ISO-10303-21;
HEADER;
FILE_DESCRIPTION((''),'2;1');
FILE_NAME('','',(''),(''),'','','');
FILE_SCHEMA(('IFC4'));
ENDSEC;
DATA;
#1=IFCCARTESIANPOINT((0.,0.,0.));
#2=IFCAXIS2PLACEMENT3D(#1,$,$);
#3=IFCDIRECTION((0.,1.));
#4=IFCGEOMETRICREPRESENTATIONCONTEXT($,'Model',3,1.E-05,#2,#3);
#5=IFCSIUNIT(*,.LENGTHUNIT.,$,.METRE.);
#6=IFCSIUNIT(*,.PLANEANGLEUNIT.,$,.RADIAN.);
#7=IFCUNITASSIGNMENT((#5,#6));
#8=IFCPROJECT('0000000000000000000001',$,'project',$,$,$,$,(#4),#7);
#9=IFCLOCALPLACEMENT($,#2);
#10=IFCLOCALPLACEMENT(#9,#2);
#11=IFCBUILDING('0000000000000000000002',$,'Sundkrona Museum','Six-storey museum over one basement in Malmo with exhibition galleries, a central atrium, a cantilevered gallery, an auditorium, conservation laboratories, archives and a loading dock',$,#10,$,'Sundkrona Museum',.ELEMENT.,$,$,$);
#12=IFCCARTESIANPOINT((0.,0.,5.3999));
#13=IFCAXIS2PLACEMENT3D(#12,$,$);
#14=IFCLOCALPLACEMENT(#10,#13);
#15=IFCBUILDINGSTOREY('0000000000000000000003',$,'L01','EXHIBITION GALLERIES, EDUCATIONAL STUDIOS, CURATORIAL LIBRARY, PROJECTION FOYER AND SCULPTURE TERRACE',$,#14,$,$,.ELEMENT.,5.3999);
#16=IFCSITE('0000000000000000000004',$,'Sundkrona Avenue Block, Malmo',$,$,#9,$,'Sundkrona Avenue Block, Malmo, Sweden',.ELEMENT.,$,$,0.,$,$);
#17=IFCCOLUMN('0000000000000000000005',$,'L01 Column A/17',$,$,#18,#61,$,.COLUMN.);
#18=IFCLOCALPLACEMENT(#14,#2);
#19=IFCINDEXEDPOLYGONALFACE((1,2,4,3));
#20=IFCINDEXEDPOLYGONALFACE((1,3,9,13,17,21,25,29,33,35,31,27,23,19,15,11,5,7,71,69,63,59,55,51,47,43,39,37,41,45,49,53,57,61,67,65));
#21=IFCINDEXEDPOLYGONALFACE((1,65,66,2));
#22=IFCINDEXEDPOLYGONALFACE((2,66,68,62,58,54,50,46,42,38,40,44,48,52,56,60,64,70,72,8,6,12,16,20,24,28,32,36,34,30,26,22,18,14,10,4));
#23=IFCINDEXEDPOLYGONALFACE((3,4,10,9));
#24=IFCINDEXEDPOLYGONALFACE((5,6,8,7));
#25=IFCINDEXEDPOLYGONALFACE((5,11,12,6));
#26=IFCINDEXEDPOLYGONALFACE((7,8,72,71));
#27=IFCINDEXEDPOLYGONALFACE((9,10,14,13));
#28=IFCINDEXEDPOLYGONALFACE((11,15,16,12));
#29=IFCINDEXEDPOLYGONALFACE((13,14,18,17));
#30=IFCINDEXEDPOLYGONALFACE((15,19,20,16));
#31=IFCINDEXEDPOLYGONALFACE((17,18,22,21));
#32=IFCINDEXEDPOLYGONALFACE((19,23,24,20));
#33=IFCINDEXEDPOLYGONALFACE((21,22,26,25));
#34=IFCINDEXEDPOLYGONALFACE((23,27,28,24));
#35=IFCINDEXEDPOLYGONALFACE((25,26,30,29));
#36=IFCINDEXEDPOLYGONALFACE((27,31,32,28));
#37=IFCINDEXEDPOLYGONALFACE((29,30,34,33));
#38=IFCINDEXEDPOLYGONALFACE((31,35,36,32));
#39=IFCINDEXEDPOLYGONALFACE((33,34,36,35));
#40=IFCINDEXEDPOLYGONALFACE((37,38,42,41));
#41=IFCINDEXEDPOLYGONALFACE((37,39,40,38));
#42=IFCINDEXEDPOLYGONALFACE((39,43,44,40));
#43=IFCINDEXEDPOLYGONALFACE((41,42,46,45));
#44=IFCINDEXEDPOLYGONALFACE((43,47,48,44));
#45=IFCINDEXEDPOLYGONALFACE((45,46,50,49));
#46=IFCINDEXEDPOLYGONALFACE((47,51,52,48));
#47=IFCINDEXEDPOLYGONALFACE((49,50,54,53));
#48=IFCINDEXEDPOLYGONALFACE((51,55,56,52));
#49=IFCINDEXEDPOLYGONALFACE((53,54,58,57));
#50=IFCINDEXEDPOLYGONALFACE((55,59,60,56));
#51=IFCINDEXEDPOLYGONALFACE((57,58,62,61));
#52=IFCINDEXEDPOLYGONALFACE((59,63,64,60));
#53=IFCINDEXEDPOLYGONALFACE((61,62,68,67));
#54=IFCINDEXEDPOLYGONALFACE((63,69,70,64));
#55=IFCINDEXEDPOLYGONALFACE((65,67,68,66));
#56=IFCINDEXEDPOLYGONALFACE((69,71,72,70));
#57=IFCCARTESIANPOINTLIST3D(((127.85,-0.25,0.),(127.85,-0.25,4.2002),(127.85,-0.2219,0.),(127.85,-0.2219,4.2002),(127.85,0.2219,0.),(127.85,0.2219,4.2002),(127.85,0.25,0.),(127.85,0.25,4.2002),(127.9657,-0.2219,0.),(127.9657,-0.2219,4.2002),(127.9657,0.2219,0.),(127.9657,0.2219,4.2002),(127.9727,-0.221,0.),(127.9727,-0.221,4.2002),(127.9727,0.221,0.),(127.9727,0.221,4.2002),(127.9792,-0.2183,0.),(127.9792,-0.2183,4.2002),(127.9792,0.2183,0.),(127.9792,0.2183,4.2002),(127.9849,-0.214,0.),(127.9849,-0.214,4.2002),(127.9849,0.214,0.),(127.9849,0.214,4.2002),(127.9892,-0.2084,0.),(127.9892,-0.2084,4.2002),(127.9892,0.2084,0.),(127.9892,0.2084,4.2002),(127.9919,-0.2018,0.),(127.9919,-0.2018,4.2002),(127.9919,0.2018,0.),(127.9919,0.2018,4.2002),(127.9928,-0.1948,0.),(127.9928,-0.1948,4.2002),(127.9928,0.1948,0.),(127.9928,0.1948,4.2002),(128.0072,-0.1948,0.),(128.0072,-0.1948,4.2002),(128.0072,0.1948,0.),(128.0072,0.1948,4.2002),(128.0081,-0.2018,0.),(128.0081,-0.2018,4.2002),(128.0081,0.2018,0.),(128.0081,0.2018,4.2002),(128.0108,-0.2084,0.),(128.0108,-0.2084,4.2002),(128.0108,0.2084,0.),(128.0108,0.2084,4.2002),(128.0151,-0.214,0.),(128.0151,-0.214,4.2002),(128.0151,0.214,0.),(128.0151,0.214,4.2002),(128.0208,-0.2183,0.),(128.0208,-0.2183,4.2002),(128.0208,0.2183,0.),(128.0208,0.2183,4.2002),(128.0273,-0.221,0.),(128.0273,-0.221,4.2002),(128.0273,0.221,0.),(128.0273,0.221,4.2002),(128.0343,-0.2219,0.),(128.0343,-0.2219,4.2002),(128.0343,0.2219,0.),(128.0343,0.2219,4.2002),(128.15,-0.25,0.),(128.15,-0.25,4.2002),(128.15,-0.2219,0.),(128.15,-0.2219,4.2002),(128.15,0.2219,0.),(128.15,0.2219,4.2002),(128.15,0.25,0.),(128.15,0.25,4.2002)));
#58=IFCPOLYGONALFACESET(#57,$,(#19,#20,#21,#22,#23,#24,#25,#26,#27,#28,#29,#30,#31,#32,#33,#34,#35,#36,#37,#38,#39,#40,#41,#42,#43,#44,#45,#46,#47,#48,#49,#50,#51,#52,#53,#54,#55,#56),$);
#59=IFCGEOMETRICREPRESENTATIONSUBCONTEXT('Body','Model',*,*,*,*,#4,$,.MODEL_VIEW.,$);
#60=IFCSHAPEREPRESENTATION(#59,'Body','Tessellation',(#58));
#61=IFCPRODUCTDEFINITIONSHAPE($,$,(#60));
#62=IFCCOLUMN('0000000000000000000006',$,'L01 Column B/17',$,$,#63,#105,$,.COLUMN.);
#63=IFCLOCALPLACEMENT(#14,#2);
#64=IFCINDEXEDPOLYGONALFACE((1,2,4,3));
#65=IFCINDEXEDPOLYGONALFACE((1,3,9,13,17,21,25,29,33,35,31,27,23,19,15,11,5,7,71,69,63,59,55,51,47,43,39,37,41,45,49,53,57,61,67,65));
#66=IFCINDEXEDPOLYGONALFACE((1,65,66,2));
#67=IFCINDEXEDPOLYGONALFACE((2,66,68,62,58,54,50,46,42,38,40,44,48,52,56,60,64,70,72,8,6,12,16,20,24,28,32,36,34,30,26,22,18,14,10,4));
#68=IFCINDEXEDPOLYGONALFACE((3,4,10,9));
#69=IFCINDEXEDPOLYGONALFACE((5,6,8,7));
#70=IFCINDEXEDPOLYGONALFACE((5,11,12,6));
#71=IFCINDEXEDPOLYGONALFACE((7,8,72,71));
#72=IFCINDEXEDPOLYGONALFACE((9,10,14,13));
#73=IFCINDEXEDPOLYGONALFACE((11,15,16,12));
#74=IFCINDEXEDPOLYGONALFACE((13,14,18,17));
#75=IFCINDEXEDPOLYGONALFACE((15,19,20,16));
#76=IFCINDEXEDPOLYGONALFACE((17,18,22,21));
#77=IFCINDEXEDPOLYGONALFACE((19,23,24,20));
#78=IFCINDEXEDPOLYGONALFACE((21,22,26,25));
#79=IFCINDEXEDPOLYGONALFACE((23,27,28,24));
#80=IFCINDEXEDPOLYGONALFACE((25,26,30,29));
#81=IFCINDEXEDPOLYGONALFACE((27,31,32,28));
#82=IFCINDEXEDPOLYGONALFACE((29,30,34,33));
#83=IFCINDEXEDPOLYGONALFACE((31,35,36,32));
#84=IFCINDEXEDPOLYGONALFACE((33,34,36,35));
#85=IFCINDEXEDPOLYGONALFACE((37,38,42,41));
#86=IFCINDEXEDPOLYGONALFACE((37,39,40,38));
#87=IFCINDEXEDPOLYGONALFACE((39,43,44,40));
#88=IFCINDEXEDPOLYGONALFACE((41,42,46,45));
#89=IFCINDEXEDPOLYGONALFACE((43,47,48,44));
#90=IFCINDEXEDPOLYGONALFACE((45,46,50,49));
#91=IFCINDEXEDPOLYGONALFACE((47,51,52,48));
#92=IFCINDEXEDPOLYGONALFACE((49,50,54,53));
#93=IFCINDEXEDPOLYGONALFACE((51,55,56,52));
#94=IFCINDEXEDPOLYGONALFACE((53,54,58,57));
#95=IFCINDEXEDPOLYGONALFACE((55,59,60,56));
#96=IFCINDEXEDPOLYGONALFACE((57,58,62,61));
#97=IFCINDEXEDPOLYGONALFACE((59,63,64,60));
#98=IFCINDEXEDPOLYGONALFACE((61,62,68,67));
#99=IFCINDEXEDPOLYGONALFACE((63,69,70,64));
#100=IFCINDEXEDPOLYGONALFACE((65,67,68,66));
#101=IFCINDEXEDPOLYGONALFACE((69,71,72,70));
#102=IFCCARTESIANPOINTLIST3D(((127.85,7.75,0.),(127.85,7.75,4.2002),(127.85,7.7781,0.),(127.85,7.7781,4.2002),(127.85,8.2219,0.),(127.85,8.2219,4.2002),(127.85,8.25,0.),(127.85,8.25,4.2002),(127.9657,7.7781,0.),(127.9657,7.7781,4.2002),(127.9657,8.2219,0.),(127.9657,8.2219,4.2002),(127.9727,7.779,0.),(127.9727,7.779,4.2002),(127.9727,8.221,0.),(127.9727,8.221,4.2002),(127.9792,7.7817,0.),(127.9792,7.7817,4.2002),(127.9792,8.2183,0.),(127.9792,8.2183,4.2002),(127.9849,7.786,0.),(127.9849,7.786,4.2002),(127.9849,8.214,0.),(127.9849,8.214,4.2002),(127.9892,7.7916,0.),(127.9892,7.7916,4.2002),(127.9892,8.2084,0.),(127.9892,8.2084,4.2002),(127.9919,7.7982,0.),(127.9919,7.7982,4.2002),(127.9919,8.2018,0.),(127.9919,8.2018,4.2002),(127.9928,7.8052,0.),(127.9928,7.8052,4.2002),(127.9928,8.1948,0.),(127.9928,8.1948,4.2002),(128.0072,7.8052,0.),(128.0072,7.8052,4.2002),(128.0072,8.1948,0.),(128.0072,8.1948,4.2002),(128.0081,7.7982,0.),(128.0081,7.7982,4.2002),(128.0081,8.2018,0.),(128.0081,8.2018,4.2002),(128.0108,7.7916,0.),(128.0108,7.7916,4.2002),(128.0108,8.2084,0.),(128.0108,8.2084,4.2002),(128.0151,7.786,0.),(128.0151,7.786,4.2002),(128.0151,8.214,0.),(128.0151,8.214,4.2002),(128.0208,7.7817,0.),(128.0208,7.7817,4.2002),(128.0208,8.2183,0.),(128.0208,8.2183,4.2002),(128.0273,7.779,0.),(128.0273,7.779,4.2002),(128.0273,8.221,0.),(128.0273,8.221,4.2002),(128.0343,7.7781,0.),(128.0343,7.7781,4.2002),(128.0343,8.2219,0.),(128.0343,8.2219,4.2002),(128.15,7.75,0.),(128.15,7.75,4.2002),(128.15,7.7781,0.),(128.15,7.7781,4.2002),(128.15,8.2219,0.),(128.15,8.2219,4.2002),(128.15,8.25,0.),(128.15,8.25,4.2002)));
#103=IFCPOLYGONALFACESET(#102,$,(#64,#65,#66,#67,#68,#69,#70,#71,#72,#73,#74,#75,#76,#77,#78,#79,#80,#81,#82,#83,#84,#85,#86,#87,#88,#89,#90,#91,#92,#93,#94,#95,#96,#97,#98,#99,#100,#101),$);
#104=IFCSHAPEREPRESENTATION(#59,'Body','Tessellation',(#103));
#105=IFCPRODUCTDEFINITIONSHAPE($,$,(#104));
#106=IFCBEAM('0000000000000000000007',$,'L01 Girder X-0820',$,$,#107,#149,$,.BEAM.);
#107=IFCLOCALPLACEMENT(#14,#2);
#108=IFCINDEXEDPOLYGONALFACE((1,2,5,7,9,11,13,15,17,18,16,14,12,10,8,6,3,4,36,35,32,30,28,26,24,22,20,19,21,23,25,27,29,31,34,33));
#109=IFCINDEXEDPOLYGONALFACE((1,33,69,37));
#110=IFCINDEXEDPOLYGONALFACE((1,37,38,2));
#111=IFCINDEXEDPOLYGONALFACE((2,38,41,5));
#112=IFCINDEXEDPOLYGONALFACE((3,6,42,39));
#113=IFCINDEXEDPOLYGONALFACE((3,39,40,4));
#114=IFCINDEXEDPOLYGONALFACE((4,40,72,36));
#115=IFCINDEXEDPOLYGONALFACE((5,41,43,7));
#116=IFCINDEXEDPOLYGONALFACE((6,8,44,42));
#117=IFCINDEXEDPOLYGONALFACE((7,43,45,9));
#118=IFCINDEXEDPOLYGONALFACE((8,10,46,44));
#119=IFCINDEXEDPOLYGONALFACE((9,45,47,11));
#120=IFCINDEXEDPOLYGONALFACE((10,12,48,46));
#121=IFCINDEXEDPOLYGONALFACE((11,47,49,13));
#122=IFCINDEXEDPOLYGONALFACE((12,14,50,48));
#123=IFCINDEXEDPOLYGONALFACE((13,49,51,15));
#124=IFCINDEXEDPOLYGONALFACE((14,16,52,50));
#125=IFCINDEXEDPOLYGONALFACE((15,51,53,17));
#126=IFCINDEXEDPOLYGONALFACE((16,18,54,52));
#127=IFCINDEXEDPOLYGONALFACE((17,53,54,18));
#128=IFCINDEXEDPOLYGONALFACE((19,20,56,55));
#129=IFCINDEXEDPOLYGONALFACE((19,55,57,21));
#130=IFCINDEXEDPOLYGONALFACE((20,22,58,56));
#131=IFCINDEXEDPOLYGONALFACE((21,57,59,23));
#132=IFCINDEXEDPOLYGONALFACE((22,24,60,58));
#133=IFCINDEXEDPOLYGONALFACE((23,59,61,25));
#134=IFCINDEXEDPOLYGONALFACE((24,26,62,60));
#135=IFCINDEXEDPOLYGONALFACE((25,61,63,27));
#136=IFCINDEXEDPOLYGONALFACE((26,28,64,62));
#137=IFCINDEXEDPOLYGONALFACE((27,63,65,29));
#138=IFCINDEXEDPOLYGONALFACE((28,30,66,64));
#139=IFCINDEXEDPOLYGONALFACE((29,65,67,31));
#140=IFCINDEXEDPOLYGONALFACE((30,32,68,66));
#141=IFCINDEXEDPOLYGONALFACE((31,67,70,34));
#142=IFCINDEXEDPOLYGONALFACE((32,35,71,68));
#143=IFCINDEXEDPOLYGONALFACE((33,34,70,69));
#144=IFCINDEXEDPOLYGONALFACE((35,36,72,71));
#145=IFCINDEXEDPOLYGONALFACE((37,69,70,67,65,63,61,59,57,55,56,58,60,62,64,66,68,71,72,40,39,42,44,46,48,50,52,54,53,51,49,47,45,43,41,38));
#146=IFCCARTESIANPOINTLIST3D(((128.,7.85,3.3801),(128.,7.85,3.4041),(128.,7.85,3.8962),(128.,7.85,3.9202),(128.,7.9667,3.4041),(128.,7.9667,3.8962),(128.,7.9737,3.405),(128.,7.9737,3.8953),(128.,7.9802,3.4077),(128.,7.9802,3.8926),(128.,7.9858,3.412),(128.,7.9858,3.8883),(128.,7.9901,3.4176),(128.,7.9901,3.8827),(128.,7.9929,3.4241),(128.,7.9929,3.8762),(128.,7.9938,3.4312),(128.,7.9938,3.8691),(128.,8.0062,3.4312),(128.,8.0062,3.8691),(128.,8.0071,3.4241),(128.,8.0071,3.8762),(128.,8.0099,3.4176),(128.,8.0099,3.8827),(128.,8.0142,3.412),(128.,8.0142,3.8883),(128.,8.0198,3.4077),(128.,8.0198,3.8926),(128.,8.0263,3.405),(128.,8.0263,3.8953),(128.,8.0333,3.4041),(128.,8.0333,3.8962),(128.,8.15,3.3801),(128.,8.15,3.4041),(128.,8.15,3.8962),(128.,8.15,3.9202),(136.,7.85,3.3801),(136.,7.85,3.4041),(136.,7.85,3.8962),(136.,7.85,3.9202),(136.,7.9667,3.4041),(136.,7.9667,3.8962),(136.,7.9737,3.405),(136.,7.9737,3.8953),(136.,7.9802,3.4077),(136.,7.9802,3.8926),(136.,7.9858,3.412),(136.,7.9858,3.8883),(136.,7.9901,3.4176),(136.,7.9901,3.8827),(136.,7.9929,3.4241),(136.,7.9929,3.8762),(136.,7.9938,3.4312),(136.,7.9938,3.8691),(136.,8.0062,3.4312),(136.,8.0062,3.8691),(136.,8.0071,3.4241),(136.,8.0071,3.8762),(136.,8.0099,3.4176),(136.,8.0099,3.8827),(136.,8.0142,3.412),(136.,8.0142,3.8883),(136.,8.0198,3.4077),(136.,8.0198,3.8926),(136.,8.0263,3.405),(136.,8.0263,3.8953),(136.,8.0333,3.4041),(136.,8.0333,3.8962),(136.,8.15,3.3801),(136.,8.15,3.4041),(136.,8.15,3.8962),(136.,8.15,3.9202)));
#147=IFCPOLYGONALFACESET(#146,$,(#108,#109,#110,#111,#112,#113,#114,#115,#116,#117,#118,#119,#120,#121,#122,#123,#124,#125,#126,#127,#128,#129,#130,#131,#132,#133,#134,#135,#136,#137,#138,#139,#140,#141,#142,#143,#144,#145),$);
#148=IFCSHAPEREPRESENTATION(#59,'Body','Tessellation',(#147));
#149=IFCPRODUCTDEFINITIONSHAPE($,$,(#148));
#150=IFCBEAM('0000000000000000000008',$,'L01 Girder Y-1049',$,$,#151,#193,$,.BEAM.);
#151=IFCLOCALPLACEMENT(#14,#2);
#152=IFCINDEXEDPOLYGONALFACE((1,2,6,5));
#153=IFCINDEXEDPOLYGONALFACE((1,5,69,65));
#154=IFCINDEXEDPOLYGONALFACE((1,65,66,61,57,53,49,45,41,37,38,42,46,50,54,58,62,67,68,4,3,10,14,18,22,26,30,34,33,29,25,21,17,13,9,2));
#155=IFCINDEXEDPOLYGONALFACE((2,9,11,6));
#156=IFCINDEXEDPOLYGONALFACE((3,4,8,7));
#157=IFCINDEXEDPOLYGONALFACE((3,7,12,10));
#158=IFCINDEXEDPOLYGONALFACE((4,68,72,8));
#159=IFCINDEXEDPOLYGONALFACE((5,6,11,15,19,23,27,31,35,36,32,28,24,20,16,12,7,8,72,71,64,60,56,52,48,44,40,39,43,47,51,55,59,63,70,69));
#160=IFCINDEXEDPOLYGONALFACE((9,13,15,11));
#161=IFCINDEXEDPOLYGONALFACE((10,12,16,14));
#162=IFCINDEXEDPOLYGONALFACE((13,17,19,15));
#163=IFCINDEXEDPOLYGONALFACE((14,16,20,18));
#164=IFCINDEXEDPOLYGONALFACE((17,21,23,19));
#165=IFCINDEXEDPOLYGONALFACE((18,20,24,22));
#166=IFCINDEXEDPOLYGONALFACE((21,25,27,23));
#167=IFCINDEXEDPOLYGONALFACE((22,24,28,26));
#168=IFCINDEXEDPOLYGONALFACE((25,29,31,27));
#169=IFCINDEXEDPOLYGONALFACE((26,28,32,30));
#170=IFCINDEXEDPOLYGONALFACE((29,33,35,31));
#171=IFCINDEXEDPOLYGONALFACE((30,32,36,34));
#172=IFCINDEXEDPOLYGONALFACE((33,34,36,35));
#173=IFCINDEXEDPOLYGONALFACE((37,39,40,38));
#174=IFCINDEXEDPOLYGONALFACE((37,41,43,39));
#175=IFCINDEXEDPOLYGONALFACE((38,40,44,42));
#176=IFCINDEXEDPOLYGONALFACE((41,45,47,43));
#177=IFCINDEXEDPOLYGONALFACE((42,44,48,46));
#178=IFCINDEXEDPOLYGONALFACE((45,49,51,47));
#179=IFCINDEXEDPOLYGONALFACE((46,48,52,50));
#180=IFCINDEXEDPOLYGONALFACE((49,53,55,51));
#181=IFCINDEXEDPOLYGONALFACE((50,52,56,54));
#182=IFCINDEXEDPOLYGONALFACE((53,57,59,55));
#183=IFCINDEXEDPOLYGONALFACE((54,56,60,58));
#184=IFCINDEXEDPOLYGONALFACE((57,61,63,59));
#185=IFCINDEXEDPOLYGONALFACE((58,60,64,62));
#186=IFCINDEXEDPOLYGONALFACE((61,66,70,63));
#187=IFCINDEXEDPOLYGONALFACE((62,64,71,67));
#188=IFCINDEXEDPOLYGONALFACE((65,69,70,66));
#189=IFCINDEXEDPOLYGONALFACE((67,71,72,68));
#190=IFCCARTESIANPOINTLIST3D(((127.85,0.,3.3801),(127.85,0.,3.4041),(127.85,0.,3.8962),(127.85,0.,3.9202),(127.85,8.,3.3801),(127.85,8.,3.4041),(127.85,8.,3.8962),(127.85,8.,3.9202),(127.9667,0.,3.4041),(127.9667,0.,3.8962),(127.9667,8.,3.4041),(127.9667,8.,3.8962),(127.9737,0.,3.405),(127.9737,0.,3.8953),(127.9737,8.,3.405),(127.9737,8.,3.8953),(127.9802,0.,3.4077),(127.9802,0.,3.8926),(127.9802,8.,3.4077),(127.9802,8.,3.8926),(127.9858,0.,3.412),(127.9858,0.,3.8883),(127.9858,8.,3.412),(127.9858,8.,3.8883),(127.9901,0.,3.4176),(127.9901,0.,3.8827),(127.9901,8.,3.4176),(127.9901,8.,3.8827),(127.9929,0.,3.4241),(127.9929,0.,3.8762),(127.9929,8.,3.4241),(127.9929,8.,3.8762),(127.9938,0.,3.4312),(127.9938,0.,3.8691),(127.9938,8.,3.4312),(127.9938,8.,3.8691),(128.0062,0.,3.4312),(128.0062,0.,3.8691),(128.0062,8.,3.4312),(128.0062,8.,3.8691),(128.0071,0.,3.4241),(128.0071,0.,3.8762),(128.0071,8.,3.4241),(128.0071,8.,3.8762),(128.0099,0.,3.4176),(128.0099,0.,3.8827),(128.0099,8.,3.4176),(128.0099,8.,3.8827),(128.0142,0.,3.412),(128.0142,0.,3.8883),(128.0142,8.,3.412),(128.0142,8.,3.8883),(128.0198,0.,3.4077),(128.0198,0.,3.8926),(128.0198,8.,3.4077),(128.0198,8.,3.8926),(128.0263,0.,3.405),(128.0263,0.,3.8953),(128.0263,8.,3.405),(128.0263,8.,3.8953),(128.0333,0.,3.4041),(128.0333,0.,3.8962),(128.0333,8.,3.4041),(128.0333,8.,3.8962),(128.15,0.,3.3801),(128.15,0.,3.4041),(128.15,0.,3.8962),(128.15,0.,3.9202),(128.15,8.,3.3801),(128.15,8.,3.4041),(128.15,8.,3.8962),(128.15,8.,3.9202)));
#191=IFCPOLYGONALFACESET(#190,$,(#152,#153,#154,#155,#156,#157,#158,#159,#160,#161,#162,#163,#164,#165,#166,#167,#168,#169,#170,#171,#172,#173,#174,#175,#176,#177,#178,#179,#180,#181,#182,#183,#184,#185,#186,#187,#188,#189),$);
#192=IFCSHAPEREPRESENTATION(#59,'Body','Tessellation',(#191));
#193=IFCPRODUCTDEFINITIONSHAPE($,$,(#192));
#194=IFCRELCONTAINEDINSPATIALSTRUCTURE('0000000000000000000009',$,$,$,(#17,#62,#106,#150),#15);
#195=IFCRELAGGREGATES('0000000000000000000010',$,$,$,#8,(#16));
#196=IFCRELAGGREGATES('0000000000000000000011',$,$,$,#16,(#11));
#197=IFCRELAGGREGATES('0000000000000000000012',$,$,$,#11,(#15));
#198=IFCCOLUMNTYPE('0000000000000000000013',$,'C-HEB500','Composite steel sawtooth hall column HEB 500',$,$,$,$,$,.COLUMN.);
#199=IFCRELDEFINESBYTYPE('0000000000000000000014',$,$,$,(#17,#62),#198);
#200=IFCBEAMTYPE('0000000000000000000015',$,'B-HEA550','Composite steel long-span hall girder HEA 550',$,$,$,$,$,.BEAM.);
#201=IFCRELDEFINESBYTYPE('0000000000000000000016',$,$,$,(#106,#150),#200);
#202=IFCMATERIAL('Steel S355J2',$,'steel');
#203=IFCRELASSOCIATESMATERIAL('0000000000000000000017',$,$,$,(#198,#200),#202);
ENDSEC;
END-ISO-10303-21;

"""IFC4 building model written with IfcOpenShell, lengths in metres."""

from ifc_helpers import new_model, si_unit, direction, frame, origin, origin_2d, place, context, subcontext, project, spatial, i_section, extrude, material, material_profile, profile_set, type_object, element, save


model = new_model("IFC4")

# Units and contexts
model_context = context("Model", 3, precision=1e-05, world=origin(), true_north=direction((0.0, 1.0)))
body_context = subcontext(model_context, "Body", "Model", "MODEL_VIEW")
ifc_project = project(units=[si_unit("LENGTHUNIT", "METRE"), si_unit("PLANEANGLEUNIT", "RADIAN")], contexts=[model_context])

# Site, building, storey
site_placement = place(None, origin())
site = spatial("IfcSite", under=ifc_project, at=site_placement, Name="Sundkrona Avenue Block, Malmo", LongName="Sundkrona Avenue Block, Malmo, Sweden", CompositionType="ELEMENT", RefElevation=0.0)
building_placement = place(site_placement, origin())
building = spatial("IfcBuilding", under=site, at=building_placement, Name="Sundkrona Museum", Description="Six-storey museum over one basement in Malmo with exhibition galleries, a central atrium, a cantilevered gallery, an auditorium, conservation laboratories, archives and a loading dock", LongName="Sundkrona Museum", CompositionType="ELEMENT")
storey_placement = place(building_placement, frame((0.0, 0.0, 5.3999)))
storey = spatial("IfcBuildingStorey", under=building, at=storey_placement, Name="L01", Description="EXHIBITION GALLERIES, EDUCATIONAL STUDIOS, CURATORIAL LIBRARY, PROJECTION FOYER AND SCULPTURE TERRACE", CompositionType="ELEMENT", Elevation=5.3999)

# Columns
ifc_material_1 = material(Name="Steel S355J2", Category="steel")
ifc_material_profile_1 = material_profile(ifc_material_1, i_section(OverallWidth=0.3, OverallDepth=0.5, WebThickness=0.0144, FlangeThickness=0.0281, FilletRadius=0.0271, at=origin_2d()), Name="HEB 500")
ifc_profile_set_1 = profile_set([ifc_material_profile_1], Name="Steel S355J2")
column_type = type_object("IfcColumnType", Name="C-HEB500", Description="Composite steel sawtooth hall column HEB 500", PredefinedType="COLUMN", material=ifc_profile_set_1)
for number, where, z_axis, x_axis, name in (
    (1, (128.0, 0.0, 0.0), (0.0, 0.0, 1.0), (1.0, 0.0, 0.0), "L01 Column A/17"),
    (2, (128.0, 8.0, 0.0), (0.0, 0.0, 1.0), (1.0, 0.0, 0.0), "L01 Column B/17"),
):
    element("IfcColumn", number, at=place(storey_placement, frame(where, z_axis=z_axis, x_axis=x_axis)), inside=storey, type_object=column_type, Name=name, PredefinedType="COLUMN", context=body_context, shape_type="SweptSolid", body=[
        extrude(i_section(OverallWidth=0.3, OverallDepth=0.5, WebThickness=0.0144, FlangeThickness=0.0281, FilletRadius=0.0271, at=origin_2d()), origin(), (0.0, 0.0, 1.0), 4.2002),
    ])

# Beams
ifc_material_profile_2 = material_profile(ifc_material_1, i_section(OverallWidth=0.3, OverallDepth=0.54, WebThickness=0.0125, FlangeThickness=0.0239, FilletRadius=0.0271, at=origin_2d()), Name="HEA 550")
ifc_profile_set_2 = profile_set([ifc_material_profile_2], Name="Steel S355J2")
beam_type = type_object("IfcBeamType", Name="B-HEA550", Description="Composite steel long-span hall girder HEA 550", PredefinedType="BEAM", material=ifc_profile_set_2)
for number, where, z_axis, x_axis, name in (
    (3, (128.0, 8.0, 3.6501), (1.0, 0.0, 0.0), (0.0, 1.0, 0.0), "L01 Girder X-0820"),
    (4, (128.0, 0.0, 3.6501), (0.0, 1.0, 0.0), (-1.0, 0.0, 0.0), "L01 Girder Y-1049"),
):
    element("IfcBeam", number, at=place(storey_placement, frame(where, z_axis=z_axis, x_axis=x_axis)), inside=storey, type_object=beam_type, Name=name, PredefinedType="BEAM", context=body_context, shape_type="SweptSolid", body=[
        extrude(i_section(OverallWidth=0.3, OverallDepth=0.54, WebThickness=0.0125, FlangeThickness=0.0239, FilletRadius=0.0271, at=origin_2d()), origin(), (0.0, 0.0, 1.0), 8.0),
    ])

save(model, "model.ifc")
